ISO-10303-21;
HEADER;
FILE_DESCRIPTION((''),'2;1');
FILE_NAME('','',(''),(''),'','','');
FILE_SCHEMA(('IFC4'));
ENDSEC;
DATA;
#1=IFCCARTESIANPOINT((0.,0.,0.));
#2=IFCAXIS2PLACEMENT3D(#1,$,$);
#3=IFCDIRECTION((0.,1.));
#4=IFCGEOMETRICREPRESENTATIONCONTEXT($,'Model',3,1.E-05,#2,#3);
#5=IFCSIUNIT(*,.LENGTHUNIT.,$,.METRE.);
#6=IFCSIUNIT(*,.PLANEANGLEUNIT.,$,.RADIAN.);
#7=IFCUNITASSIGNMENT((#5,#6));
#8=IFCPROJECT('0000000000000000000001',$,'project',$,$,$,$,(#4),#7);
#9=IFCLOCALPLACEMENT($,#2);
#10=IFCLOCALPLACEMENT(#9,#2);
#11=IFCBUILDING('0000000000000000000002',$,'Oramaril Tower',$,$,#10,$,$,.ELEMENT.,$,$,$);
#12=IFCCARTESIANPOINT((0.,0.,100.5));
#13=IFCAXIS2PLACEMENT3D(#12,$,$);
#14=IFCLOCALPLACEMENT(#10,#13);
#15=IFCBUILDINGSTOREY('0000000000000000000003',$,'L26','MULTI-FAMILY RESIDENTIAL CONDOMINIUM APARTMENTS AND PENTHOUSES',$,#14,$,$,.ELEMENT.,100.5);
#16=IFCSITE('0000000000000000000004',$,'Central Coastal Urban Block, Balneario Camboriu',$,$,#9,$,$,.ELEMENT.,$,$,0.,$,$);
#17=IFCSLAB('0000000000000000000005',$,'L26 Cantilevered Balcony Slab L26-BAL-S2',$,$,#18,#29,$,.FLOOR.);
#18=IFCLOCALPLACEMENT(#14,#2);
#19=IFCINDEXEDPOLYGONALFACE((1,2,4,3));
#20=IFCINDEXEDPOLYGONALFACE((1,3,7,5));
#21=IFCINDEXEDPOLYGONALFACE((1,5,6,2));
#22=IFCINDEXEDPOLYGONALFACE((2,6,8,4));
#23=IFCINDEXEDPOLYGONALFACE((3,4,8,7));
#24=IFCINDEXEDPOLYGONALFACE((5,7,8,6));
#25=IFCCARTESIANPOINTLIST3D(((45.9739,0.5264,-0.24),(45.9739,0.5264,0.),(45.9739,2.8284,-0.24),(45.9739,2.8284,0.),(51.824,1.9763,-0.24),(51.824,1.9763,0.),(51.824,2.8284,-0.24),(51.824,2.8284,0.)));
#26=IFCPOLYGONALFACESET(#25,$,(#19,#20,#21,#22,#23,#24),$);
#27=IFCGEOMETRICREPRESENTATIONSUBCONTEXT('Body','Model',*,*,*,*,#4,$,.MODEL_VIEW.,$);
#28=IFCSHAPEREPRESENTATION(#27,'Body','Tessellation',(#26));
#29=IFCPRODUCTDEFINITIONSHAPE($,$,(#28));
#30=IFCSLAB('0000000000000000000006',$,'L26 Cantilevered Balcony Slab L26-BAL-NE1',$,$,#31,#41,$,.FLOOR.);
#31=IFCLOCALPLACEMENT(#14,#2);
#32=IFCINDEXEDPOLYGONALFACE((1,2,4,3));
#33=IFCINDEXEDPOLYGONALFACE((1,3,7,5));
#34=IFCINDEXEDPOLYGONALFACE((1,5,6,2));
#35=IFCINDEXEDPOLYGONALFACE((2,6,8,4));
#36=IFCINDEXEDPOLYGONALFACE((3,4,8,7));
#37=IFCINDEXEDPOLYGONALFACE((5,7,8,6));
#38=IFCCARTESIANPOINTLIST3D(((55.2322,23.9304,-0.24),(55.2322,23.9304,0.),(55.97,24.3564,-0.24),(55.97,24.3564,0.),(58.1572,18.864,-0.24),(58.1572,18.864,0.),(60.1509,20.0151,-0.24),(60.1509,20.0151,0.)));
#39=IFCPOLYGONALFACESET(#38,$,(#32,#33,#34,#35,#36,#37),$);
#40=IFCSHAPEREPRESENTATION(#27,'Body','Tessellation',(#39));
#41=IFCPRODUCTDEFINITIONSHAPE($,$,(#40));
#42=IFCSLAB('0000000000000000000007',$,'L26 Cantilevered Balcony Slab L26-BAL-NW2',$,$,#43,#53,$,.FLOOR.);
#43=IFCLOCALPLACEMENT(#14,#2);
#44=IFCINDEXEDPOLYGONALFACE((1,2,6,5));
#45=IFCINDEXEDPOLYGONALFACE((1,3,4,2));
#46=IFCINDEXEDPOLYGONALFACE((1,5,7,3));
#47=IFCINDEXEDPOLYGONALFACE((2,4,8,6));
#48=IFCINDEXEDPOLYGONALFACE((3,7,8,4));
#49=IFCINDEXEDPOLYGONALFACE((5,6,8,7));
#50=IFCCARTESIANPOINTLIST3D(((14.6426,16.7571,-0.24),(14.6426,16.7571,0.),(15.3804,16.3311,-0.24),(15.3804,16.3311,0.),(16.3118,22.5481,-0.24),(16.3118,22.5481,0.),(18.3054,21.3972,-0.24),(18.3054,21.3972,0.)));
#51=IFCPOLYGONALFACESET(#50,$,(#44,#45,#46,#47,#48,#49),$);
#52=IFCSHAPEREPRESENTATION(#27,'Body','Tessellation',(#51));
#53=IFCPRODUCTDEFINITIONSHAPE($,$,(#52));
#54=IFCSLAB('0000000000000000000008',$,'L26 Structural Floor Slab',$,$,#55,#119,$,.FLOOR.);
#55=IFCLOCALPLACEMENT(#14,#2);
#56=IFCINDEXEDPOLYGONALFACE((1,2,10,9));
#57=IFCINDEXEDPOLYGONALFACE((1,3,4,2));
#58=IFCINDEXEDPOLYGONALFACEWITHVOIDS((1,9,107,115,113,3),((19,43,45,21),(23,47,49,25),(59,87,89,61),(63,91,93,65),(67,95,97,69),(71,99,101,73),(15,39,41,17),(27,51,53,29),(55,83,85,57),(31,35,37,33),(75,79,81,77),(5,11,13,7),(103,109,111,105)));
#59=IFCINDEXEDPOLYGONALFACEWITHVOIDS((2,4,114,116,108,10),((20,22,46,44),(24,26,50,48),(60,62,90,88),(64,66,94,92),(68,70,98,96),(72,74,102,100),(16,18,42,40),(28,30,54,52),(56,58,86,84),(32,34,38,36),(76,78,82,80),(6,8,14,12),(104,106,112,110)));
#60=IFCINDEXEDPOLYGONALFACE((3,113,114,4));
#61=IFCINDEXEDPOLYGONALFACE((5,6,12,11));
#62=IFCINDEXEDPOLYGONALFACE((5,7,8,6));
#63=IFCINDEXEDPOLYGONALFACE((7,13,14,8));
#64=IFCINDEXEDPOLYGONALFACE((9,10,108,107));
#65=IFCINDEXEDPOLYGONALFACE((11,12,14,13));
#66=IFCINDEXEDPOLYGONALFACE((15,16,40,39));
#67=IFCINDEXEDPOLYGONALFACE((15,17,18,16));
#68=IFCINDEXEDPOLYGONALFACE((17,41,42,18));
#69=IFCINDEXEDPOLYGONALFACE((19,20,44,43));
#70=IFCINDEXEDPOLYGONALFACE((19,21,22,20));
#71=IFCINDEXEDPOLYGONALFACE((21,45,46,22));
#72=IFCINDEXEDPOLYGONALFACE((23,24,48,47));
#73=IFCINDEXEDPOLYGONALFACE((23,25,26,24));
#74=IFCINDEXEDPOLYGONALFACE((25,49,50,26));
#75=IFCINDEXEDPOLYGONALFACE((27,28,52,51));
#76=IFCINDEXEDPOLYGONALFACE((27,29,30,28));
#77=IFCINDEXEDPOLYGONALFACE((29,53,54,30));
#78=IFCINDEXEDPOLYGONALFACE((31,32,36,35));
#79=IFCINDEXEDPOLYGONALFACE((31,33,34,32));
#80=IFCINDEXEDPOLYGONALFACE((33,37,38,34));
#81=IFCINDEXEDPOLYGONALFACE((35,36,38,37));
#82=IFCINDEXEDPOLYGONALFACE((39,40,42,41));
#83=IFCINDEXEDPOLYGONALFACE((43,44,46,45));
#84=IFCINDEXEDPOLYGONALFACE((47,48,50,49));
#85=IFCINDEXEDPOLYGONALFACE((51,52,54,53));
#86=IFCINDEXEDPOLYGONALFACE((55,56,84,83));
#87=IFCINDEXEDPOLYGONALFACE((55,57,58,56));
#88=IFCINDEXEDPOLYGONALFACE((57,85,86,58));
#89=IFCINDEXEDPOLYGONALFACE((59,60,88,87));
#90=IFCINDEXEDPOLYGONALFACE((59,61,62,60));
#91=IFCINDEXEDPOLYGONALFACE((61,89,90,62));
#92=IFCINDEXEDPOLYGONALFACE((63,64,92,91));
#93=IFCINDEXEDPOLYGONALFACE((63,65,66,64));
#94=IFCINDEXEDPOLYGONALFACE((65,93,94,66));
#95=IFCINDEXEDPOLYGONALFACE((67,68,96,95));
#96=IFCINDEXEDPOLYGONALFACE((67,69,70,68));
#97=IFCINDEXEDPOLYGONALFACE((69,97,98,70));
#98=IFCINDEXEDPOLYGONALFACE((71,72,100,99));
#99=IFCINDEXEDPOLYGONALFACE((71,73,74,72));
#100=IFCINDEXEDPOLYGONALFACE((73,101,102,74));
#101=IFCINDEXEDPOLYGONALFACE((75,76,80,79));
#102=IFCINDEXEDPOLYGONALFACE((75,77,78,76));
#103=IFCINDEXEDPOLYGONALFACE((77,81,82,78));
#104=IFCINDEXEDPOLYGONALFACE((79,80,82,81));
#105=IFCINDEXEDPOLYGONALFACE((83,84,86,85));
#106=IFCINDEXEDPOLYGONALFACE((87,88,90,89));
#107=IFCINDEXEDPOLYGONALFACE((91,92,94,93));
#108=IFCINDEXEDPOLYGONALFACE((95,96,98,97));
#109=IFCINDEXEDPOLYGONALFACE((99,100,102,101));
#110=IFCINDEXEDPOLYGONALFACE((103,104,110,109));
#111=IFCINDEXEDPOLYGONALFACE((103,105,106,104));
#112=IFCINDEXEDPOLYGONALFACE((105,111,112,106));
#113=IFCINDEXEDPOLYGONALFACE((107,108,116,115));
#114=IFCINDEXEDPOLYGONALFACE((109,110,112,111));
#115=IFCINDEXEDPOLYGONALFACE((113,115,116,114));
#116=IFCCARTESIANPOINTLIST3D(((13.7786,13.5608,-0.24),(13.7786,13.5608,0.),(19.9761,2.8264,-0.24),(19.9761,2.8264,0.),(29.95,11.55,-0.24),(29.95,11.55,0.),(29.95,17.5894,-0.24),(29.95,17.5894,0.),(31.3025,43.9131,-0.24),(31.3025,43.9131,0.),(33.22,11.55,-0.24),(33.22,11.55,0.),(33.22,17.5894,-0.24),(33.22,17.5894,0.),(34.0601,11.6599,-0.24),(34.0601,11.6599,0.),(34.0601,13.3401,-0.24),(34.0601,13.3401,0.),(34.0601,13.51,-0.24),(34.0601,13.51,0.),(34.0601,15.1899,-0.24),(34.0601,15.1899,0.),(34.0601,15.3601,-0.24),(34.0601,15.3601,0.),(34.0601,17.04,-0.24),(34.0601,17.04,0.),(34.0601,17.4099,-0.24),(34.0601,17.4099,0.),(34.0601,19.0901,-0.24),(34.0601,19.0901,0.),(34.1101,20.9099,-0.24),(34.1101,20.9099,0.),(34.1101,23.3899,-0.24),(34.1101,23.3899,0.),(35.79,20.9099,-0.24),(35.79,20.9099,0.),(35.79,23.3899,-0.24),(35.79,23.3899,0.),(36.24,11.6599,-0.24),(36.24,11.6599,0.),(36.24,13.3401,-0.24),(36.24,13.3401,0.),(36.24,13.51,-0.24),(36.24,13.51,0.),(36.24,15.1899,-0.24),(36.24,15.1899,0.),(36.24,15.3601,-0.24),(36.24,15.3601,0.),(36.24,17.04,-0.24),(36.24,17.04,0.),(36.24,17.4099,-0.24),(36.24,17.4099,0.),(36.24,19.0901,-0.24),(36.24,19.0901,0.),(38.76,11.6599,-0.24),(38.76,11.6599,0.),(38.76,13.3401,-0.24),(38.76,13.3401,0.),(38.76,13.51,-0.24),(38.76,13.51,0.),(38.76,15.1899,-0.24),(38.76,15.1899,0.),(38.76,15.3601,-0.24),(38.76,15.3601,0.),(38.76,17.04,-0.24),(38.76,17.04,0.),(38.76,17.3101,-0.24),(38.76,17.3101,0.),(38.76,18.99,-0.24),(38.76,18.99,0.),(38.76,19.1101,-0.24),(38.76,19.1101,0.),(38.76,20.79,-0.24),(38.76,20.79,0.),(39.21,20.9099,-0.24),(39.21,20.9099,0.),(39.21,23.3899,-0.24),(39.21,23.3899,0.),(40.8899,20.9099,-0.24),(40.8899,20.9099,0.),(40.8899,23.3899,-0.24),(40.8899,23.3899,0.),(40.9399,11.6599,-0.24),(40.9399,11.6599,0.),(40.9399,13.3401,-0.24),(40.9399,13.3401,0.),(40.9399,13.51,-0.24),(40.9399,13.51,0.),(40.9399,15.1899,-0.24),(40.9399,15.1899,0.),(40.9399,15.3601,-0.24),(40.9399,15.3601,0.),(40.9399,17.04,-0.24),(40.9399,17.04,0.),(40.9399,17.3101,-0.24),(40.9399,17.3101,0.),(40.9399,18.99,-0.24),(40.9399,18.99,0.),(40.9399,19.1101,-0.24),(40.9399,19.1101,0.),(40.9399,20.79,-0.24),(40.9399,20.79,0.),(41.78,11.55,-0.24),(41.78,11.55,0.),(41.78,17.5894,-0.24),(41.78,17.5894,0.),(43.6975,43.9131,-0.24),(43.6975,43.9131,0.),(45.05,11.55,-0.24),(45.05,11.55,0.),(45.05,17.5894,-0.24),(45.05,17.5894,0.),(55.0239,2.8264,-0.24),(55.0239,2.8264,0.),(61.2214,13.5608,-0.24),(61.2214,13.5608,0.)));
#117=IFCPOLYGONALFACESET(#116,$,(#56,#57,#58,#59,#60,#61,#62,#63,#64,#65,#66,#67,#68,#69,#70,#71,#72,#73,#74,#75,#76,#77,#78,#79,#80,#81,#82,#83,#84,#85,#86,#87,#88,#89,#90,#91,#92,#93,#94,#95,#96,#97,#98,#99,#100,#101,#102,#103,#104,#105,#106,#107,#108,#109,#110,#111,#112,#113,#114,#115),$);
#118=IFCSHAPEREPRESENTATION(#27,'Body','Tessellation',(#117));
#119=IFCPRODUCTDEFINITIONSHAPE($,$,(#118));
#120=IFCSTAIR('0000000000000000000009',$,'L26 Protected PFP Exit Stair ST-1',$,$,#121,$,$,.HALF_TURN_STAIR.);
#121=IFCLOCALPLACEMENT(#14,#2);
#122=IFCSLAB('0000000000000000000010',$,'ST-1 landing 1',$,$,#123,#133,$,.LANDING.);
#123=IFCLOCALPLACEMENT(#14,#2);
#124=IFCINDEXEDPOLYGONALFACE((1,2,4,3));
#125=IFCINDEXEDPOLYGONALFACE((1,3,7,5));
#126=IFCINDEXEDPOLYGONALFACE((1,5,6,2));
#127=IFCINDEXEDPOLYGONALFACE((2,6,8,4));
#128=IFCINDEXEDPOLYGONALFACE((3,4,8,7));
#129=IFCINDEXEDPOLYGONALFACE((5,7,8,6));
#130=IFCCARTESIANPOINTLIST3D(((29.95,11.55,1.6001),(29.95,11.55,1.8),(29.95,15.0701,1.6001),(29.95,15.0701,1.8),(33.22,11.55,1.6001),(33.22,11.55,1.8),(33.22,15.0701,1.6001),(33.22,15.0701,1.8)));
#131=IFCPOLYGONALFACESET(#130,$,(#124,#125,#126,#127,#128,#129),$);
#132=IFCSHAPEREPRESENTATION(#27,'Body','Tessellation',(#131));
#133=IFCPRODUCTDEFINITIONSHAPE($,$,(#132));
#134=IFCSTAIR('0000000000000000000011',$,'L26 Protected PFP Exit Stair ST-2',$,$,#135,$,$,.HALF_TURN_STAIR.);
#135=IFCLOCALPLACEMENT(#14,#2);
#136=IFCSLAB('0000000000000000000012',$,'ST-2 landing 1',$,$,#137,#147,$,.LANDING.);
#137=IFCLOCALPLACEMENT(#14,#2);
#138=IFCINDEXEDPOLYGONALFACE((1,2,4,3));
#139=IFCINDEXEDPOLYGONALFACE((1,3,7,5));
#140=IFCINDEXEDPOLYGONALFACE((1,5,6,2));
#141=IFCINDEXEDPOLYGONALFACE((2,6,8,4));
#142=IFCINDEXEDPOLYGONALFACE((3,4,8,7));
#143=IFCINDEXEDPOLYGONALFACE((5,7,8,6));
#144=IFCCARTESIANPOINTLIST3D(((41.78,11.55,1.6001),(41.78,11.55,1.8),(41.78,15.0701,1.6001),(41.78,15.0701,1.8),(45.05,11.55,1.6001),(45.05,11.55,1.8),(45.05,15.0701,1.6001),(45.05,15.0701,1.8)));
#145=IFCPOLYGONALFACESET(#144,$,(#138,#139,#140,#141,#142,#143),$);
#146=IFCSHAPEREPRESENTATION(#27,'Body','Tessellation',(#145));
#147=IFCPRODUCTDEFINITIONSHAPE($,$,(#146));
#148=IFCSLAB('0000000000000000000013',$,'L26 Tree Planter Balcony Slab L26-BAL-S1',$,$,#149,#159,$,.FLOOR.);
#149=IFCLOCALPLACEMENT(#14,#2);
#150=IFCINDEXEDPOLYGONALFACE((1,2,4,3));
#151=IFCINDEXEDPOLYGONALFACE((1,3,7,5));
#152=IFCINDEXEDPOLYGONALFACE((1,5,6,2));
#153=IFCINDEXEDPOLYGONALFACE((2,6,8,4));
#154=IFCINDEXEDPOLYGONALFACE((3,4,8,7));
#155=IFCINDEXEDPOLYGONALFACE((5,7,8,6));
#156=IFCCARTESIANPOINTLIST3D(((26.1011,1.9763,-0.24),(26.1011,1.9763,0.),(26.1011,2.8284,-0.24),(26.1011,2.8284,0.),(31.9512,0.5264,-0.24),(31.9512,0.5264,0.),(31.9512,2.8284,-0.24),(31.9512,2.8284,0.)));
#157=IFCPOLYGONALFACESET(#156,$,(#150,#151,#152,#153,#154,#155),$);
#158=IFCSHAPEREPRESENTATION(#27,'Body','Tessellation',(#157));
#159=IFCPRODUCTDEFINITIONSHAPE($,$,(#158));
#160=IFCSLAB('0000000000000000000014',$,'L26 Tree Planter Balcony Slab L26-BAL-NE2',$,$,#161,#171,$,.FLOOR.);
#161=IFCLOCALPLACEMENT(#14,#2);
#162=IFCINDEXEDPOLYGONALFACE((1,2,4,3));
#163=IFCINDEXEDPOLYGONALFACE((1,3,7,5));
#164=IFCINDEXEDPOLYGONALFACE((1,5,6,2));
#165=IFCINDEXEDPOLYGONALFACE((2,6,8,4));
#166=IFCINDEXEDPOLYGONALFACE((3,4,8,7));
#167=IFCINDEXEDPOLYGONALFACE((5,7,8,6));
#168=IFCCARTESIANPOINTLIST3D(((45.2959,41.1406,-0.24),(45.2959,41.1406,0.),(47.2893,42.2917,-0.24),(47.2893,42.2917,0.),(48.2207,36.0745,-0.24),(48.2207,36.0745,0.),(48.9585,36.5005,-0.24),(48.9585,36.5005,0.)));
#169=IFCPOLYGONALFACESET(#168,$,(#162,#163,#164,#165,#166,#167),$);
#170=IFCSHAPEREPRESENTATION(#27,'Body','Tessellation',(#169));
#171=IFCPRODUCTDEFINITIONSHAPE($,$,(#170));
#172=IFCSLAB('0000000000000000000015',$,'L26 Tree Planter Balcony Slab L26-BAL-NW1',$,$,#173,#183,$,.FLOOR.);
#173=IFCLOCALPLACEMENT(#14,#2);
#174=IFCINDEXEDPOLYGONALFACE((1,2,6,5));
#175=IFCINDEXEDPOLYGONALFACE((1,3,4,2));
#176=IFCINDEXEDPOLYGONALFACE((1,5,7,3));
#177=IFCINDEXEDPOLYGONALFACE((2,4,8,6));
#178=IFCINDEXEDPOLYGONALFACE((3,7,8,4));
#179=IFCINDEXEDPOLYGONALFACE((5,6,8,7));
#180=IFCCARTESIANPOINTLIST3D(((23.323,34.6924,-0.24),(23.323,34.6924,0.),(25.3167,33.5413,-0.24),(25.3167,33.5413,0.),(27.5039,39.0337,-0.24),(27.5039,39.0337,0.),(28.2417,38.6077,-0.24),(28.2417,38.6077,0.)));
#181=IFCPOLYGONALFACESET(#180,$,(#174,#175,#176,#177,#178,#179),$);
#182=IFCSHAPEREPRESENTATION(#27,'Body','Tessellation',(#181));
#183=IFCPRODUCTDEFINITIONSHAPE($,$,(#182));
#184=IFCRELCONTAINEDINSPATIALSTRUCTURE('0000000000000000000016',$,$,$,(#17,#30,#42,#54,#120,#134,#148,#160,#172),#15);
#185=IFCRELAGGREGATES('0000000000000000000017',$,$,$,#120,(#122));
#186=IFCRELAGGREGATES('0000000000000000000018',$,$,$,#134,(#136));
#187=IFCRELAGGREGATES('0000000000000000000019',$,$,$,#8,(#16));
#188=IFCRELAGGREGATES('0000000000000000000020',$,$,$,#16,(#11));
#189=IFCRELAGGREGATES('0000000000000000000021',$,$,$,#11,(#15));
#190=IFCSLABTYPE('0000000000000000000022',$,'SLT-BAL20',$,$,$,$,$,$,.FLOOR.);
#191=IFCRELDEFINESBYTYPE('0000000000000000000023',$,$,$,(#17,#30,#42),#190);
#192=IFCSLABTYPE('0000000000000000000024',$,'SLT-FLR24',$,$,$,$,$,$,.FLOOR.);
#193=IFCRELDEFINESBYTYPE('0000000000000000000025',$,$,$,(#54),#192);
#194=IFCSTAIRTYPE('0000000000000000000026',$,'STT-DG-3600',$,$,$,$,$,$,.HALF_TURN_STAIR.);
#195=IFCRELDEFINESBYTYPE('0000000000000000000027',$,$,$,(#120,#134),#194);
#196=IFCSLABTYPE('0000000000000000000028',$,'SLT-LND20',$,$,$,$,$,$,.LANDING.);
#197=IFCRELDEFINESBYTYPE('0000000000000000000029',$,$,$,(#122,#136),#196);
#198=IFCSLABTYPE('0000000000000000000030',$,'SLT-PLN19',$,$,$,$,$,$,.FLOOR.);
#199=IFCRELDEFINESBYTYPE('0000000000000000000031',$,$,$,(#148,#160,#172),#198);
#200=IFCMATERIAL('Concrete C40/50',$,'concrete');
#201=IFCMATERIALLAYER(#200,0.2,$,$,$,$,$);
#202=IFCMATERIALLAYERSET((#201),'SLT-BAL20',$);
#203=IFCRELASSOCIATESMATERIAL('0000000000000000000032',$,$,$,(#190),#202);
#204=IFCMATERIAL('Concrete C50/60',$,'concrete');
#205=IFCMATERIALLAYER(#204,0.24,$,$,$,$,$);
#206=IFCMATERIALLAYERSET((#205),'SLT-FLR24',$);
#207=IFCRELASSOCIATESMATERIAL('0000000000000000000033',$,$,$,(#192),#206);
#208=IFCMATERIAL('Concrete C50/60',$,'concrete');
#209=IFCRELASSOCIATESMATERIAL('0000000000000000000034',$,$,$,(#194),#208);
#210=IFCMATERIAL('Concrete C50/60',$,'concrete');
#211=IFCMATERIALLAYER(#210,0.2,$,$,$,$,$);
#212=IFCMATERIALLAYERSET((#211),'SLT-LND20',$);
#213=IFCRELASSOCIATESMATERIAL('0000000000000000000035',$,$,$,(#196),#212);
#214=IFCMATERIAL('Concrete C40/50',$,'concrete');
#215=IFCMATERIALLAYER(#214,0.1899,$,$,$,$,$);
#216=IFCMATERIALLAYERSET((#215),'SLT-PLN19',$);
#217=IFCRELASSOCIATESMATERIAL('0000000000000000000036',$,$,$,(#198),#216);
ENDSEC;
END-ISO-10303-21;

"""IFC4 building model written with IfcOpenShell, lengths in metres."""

from ifc_helpers import new_model, si_unit, direction, frame, origin, place, context, subcontext, project, spatial, polyline, outline, extrude, material, layer, layer_set, type_object, element, aggregate, save


model = new_model("IFC4")

# Units and contexts
model_context = context("Model", 3, precision=1e-05, world=origin(), true_north=direction((0.0, 1.0)))
body_context = subcontext(model_context, "Body", "Model", "MODEL_VIEW")
ifc_project = project(units=[si_unit("LENGTHUNIT", "METRE"), si_unit("PLANEANGLEUNIT", "RADIAN")], contexts=[model_context])

# Site, building, storey
site_placement = place(None, origin())
site = spatial("IfcSite", under=ifc_project, at=site_placement, Name="Central Coastal Urban Block, Balneario Camboriu", CompositionType="ELEMENT", RefElevation=0.0)
building_placement = place(site_placement, origin())
building = spatial("IfcBuilding", under=site, at=building_placement, Name="Oramaril Tower", CompositionType="ELEMENT")
storey_placement = place(building_placement, frame((0.0, 0.0, 100.5)))
storey = spatial("IfcBuildingStorey", under=building, at=storey_placement, Name="L26", Description="MULTI-FAMILY RESIDENTIAL CONDOMINIUM APARTMENTS AND PENTHOUSES", CompositionType="ELEMENT", Elevation=100.5)

# Slabs
ifc_material_1 = material(Name="Concrete C40/50", Category="concrete")
ifc_layer_1 = layer(ifc_material_1, 0.2)
ifc_layer_set_1 = layer_set([ifc_layer_1], Name="SLT-BAL20")
slab_type_1 = type_object("IfcSlabType", Name="SLT-BAL20", PredefinedType="FLOOR", material=ifc_layer_set_1)
slab_1_placement = place(storey_placement, frame((0.0, 0.0, -0.24)))
element("IfcSlab", 1, at=slab_1_placement, inside=storey, type_object=slab_type_1, Name="L26 Cantilevered Balcony Slab L26-BAL-S2", PredefinedType="FLOOR", context=body_context, shape_type="SweptSolid", body=[
    extrude(outline(polyline([(45.9739, 2.8284), (51.824, 2.8284), (51.824, 1.9763), (45.9739, 0.5264), (45.9739, 2.8284)])), origin(), (0.0, 0.0, 1.0), 0.24),
])
slab_2_placement = place(storey_placement, frame((0.0, 0.0, -0.24)))
element("IfcSlab", 2, at=slab_2_placement, inside=storey, type_object=slab_type_1, Name="L26 Cantilevered Balcony Slab L26-BAL-NE1", PredefinedType="FLOOR", context=body_context, shape_type="SweptSolid", body=[
    extrude(outline(polyline([(58.1572, 18.864), (55.2322, 23.9304), (55.97, 24.3564), (60.1509, 20.0151), (58.1572, 18.864)])), origin(), (0.0, 0.0, 1.0), 0.24),
])
slab_3_placement = place(storey_placement, frame((0.0, 0.0, -0.24)))
element("IfcSlab", 3, at=slab_3_placement, inside=storey, type_object=slab_type_1, Name="L26 Cantilevered Balcony Slab L26-BAL-NW2", PredefinedType="FLOOR", context=body_context, shape_type="SweptSolid", body=[
    extrude(outline(polyline([(18.3054, 21.3972), (15.3804, 16.3311), (14.6426, 16.7571), (16.3118, 22.5481), (18.3054, 21.3972)])), origin(), (0.0, 0.0, 1.0), 0.24),
])
ifc_material_2 = material(Name="Concrete C50/60", Category="concrete")
ifc_layer_2 = layer(ifc_material_2, 0.24)
ifc_layer_set_2 = layer_set([ifc_layer_2], Name="SLT-FLR24")
slab_type_2 = type_object("IfcSlabType", Name="SLT-FLR24", PredefinedType="FLOOR", material=ifc_layer_set_2)
slab_4_placement = place(storey_placement, frame((0.0, 0.0, -0.24)))
element("IfcSlab", 4, at=slab_4_placement, inside=storey, type_object=slab_type_2, Name="L26 Structural Floor Slab", PredefinedType="FLOOR", context=body_context, shape_type="SweptSolid", body=[
    extrude(outline(polyline([(13.7786, 13.5608), (19.9761, 2.8264), (55.0239, 2.8264), (61.2214, 13.5608), (43.6975, 43.9131), (31.3025, 43.9131), (13.7786, 13.5608)]), holes=[polyline([(29.95, 17.5894), (29.95, 11.55), (33.22, 11.55), (33.22, 17.5894), (29.95, 17.5894)]), polyline([(41.78, 17.5894), (41.78, 11.55), (45.05, 11.55), (45.05, 17.5894), (41.78, 17.5894)]), polyline([(34.1101, 20.9099), (35.79, 20.9099), (35.79, 23.3899), (34.1101, 23.3899), (34.1101, 20.9099)]), polyline([(39.21, 20.9099), (40.8899, 20.9099), (40.8899, 23.3899), (39.21, 23.3899), (39.21, 20.9099)]), polyline([(34.0601, 11.6599), (36.24, 11.6599), (36.24, 13.3401), (34.0601, 13.3401), (34.0601, 11.6599)]), polyline([(34.0601, 13.51), (36.24, 13.51), (36.24, 15.1899), (34.0601, 15.1899), (34.0601, 13.51)]), polyline([(34.0601, 15.3601), (36.24, 15.3601), (36.24, 17.04), (34.0601, 17.04), (34.0601, 15.3601)]), polyline([(38.76, 11.6599), (40.9399, 11.6599), (40.9399, 13.3401), (38.76, 13.3401), (38.76, 11.6599)]), polyline([(38.76, 13.51), (40.9399, 13.51), (40.9399, 15.1899), (38.76, 15.1899), (38.76, 13.51)]), polyline([(38.76, 15.3601), (40.9399, 15.3601), (40.9399, 17.04), (38.76, 17.04), (38.76, 15.3601)]), polyline([(34.0601, 17.4099), (36.24, 17.4099), (36.24, 19.0901), (34.0601, 19.0901), (34.0601, 17.4099)]), polyline([(38.76, 17.3101), (40.9399, 17.3101), (40.9399, 18.99), (38.76, 18.99), (38.76, 17.3101)]), polyline([(38.76, 19.1101), (40.9399, 19.1101), (40.9399, 20.79), (38.76, 20.79), (38.76, 19.1101)])]), origin(), (0.0, 0.0, 1.0), 0.24),
])

# Stairs, slabs
ifc_material_3 = material(Name="Concrete C50/60", Category="concrete")
stair_type = type_object("IfcStairType", Name="STT-DG-3600", PredefinedType="HALF_TURN_STAIR", material=ifc_material_3)
stair_1_placement = place(storey_placement, origin())
stair_1 = element("IfcStair", 5, at=stair_1_placement, inside=storey, type_object=stair_type, Name="L26 Protected PFP Exit Stair ST-1", PredefinedType="HALF_TURN_STAIR")
ifc_material_4 = material(Name="Concrete C50/60", Category="concrete")
ifc_layer_3 = layer(ifc_material_4, 0.2)
ifc_layer_set_3 = layer_set([ifc_layer_3], Name="SLT-LND20")
slab_type_3 = type_object("IfcSlabType", Name="SLT-LND20", PredefinedType="LANDING", material=ifc_layer_set_3)
slab_5_placement = place(storey_placement, frame((0.0, 0.0, 1.6001)))
slab_5 = element("IfcSlab", 6, at=slab_5_placement, type_object=slab_type_3, Name="ST-1 landing 1", PredefinedType="LANDING", context=body_context, shape_type="SweptSolid", body=[
    extrude(outline(polyline([(29.95, 15.0701), (29.95, 11.55), (33.22, 11.55), (33.22, 15.0701), (29.95, 15.0701)])), origin(), (0.0, 0.0, 1.0), 0.2),
])
aggregate(stair_1, [slab_5])
stair_2_placement = place(storey_placement, origin())
stair_2 = element("IfcStair", 7, at=stair_2_placement, inside=storey, type_object=stair_type, Name="L26 Protected PFP Exit Stair ST-2", PredefinedType="HALF_TURN_STAIR")
slab_6_placement = place(storey_placement, frame((0.0, 0.0, 1.6001)))
slab_6 = element("IfcSlab", 8, at=slab_6_placement, type_object=slab_type_3, Name="ST-2 landing 1", PredefinedType="LANDING", context=body_context, shape_type="SweptSolid", body=[
    extrude(outline(polyline([(41.78, 15.0701), (41.78, 11.55), (45.05, 11.55), (45.05, 15.0701), (41.78, 15.0701)])), origin(), (0.0, 0.0, 1.0), 0.2),
])
aggregate(stair_2, [slab_6])

# Slabs
ifc_material_5 = material(Name="Concrete C40/50", Category="concrete")
ifc_layer_4 = layer(ifc_material_5, 0.1899)
ifc_layer_set_4 = layer_set([ifc_layer_4], Name="SLT-PLN19")
slab_type_4 = type_object("IfcSlabType", Name="SLT-PLN19", PredefinedType="FLOOR", material=ifc_layer_set_4)
slab_7_placement = place(storey_placement, frame((0.0, 0.0, -0.24)))
element("IfcSlab", 9, at=slab_7_placement, inside=storey, type_object=slab_type_4, Name="L26 Tree Planter Balcony Slab L26-BAL-S1", PredefinedType="FLOOR", context=body_context, shape_type="SweptSolid", body=[
    extrude(outline(polyline([(26.1011, 2.8284), (31.9512, 2.8284), (31.9512, 0.5264), (26.1011, 1.9763), (26.1011, 2.8284)])), origin(), (0.0, 0.0, 1.0), 0.24),
])
slab_8_placement = place(storey_placement, frame((0.0, 0.0, -0.24)))
element("IfcSlab", 10, at=slab_8_placement, inside=storey, type_object=slab_type_4, Name="L26 Tree Planter Balcony Slab L26-BAL-NE2", PredefinedType="FLOOR", context=body_context, shape_type="SweptSolid", body=[
    extrude(outline(polyline([(48.2207, 36.0745), (45.2959, 41.1406), (47.2893, 42.2917), (48.9585, 36.5005), (48.2207, 36.0745)])), origin(), (0.0, 0.0, 1.0), 0.24),
])
slab_9_placement = place(storey_placement, frame((0.0, 0.0, -0.24)))
element("IfcSlab", 11, at=slab_9_placement, inside=storey, type_object=slab_type_4, Name="L26 Tree Planter Balcony Slab L26-BAL-NW1", PredefinedType="FLOOR", context=body_context, shape_type="SweptSolid", body=[
    extrude(outline(polyline([(28.2417, 38.6077), (25.3167, 33.5413), (23.323, 34.6924), (27.5039, 39.0337), (28.2417, 38.6077)])), origin(), (0.0, 0.0, 1.0), 0.24),
])

save(model, "model.ifc")
